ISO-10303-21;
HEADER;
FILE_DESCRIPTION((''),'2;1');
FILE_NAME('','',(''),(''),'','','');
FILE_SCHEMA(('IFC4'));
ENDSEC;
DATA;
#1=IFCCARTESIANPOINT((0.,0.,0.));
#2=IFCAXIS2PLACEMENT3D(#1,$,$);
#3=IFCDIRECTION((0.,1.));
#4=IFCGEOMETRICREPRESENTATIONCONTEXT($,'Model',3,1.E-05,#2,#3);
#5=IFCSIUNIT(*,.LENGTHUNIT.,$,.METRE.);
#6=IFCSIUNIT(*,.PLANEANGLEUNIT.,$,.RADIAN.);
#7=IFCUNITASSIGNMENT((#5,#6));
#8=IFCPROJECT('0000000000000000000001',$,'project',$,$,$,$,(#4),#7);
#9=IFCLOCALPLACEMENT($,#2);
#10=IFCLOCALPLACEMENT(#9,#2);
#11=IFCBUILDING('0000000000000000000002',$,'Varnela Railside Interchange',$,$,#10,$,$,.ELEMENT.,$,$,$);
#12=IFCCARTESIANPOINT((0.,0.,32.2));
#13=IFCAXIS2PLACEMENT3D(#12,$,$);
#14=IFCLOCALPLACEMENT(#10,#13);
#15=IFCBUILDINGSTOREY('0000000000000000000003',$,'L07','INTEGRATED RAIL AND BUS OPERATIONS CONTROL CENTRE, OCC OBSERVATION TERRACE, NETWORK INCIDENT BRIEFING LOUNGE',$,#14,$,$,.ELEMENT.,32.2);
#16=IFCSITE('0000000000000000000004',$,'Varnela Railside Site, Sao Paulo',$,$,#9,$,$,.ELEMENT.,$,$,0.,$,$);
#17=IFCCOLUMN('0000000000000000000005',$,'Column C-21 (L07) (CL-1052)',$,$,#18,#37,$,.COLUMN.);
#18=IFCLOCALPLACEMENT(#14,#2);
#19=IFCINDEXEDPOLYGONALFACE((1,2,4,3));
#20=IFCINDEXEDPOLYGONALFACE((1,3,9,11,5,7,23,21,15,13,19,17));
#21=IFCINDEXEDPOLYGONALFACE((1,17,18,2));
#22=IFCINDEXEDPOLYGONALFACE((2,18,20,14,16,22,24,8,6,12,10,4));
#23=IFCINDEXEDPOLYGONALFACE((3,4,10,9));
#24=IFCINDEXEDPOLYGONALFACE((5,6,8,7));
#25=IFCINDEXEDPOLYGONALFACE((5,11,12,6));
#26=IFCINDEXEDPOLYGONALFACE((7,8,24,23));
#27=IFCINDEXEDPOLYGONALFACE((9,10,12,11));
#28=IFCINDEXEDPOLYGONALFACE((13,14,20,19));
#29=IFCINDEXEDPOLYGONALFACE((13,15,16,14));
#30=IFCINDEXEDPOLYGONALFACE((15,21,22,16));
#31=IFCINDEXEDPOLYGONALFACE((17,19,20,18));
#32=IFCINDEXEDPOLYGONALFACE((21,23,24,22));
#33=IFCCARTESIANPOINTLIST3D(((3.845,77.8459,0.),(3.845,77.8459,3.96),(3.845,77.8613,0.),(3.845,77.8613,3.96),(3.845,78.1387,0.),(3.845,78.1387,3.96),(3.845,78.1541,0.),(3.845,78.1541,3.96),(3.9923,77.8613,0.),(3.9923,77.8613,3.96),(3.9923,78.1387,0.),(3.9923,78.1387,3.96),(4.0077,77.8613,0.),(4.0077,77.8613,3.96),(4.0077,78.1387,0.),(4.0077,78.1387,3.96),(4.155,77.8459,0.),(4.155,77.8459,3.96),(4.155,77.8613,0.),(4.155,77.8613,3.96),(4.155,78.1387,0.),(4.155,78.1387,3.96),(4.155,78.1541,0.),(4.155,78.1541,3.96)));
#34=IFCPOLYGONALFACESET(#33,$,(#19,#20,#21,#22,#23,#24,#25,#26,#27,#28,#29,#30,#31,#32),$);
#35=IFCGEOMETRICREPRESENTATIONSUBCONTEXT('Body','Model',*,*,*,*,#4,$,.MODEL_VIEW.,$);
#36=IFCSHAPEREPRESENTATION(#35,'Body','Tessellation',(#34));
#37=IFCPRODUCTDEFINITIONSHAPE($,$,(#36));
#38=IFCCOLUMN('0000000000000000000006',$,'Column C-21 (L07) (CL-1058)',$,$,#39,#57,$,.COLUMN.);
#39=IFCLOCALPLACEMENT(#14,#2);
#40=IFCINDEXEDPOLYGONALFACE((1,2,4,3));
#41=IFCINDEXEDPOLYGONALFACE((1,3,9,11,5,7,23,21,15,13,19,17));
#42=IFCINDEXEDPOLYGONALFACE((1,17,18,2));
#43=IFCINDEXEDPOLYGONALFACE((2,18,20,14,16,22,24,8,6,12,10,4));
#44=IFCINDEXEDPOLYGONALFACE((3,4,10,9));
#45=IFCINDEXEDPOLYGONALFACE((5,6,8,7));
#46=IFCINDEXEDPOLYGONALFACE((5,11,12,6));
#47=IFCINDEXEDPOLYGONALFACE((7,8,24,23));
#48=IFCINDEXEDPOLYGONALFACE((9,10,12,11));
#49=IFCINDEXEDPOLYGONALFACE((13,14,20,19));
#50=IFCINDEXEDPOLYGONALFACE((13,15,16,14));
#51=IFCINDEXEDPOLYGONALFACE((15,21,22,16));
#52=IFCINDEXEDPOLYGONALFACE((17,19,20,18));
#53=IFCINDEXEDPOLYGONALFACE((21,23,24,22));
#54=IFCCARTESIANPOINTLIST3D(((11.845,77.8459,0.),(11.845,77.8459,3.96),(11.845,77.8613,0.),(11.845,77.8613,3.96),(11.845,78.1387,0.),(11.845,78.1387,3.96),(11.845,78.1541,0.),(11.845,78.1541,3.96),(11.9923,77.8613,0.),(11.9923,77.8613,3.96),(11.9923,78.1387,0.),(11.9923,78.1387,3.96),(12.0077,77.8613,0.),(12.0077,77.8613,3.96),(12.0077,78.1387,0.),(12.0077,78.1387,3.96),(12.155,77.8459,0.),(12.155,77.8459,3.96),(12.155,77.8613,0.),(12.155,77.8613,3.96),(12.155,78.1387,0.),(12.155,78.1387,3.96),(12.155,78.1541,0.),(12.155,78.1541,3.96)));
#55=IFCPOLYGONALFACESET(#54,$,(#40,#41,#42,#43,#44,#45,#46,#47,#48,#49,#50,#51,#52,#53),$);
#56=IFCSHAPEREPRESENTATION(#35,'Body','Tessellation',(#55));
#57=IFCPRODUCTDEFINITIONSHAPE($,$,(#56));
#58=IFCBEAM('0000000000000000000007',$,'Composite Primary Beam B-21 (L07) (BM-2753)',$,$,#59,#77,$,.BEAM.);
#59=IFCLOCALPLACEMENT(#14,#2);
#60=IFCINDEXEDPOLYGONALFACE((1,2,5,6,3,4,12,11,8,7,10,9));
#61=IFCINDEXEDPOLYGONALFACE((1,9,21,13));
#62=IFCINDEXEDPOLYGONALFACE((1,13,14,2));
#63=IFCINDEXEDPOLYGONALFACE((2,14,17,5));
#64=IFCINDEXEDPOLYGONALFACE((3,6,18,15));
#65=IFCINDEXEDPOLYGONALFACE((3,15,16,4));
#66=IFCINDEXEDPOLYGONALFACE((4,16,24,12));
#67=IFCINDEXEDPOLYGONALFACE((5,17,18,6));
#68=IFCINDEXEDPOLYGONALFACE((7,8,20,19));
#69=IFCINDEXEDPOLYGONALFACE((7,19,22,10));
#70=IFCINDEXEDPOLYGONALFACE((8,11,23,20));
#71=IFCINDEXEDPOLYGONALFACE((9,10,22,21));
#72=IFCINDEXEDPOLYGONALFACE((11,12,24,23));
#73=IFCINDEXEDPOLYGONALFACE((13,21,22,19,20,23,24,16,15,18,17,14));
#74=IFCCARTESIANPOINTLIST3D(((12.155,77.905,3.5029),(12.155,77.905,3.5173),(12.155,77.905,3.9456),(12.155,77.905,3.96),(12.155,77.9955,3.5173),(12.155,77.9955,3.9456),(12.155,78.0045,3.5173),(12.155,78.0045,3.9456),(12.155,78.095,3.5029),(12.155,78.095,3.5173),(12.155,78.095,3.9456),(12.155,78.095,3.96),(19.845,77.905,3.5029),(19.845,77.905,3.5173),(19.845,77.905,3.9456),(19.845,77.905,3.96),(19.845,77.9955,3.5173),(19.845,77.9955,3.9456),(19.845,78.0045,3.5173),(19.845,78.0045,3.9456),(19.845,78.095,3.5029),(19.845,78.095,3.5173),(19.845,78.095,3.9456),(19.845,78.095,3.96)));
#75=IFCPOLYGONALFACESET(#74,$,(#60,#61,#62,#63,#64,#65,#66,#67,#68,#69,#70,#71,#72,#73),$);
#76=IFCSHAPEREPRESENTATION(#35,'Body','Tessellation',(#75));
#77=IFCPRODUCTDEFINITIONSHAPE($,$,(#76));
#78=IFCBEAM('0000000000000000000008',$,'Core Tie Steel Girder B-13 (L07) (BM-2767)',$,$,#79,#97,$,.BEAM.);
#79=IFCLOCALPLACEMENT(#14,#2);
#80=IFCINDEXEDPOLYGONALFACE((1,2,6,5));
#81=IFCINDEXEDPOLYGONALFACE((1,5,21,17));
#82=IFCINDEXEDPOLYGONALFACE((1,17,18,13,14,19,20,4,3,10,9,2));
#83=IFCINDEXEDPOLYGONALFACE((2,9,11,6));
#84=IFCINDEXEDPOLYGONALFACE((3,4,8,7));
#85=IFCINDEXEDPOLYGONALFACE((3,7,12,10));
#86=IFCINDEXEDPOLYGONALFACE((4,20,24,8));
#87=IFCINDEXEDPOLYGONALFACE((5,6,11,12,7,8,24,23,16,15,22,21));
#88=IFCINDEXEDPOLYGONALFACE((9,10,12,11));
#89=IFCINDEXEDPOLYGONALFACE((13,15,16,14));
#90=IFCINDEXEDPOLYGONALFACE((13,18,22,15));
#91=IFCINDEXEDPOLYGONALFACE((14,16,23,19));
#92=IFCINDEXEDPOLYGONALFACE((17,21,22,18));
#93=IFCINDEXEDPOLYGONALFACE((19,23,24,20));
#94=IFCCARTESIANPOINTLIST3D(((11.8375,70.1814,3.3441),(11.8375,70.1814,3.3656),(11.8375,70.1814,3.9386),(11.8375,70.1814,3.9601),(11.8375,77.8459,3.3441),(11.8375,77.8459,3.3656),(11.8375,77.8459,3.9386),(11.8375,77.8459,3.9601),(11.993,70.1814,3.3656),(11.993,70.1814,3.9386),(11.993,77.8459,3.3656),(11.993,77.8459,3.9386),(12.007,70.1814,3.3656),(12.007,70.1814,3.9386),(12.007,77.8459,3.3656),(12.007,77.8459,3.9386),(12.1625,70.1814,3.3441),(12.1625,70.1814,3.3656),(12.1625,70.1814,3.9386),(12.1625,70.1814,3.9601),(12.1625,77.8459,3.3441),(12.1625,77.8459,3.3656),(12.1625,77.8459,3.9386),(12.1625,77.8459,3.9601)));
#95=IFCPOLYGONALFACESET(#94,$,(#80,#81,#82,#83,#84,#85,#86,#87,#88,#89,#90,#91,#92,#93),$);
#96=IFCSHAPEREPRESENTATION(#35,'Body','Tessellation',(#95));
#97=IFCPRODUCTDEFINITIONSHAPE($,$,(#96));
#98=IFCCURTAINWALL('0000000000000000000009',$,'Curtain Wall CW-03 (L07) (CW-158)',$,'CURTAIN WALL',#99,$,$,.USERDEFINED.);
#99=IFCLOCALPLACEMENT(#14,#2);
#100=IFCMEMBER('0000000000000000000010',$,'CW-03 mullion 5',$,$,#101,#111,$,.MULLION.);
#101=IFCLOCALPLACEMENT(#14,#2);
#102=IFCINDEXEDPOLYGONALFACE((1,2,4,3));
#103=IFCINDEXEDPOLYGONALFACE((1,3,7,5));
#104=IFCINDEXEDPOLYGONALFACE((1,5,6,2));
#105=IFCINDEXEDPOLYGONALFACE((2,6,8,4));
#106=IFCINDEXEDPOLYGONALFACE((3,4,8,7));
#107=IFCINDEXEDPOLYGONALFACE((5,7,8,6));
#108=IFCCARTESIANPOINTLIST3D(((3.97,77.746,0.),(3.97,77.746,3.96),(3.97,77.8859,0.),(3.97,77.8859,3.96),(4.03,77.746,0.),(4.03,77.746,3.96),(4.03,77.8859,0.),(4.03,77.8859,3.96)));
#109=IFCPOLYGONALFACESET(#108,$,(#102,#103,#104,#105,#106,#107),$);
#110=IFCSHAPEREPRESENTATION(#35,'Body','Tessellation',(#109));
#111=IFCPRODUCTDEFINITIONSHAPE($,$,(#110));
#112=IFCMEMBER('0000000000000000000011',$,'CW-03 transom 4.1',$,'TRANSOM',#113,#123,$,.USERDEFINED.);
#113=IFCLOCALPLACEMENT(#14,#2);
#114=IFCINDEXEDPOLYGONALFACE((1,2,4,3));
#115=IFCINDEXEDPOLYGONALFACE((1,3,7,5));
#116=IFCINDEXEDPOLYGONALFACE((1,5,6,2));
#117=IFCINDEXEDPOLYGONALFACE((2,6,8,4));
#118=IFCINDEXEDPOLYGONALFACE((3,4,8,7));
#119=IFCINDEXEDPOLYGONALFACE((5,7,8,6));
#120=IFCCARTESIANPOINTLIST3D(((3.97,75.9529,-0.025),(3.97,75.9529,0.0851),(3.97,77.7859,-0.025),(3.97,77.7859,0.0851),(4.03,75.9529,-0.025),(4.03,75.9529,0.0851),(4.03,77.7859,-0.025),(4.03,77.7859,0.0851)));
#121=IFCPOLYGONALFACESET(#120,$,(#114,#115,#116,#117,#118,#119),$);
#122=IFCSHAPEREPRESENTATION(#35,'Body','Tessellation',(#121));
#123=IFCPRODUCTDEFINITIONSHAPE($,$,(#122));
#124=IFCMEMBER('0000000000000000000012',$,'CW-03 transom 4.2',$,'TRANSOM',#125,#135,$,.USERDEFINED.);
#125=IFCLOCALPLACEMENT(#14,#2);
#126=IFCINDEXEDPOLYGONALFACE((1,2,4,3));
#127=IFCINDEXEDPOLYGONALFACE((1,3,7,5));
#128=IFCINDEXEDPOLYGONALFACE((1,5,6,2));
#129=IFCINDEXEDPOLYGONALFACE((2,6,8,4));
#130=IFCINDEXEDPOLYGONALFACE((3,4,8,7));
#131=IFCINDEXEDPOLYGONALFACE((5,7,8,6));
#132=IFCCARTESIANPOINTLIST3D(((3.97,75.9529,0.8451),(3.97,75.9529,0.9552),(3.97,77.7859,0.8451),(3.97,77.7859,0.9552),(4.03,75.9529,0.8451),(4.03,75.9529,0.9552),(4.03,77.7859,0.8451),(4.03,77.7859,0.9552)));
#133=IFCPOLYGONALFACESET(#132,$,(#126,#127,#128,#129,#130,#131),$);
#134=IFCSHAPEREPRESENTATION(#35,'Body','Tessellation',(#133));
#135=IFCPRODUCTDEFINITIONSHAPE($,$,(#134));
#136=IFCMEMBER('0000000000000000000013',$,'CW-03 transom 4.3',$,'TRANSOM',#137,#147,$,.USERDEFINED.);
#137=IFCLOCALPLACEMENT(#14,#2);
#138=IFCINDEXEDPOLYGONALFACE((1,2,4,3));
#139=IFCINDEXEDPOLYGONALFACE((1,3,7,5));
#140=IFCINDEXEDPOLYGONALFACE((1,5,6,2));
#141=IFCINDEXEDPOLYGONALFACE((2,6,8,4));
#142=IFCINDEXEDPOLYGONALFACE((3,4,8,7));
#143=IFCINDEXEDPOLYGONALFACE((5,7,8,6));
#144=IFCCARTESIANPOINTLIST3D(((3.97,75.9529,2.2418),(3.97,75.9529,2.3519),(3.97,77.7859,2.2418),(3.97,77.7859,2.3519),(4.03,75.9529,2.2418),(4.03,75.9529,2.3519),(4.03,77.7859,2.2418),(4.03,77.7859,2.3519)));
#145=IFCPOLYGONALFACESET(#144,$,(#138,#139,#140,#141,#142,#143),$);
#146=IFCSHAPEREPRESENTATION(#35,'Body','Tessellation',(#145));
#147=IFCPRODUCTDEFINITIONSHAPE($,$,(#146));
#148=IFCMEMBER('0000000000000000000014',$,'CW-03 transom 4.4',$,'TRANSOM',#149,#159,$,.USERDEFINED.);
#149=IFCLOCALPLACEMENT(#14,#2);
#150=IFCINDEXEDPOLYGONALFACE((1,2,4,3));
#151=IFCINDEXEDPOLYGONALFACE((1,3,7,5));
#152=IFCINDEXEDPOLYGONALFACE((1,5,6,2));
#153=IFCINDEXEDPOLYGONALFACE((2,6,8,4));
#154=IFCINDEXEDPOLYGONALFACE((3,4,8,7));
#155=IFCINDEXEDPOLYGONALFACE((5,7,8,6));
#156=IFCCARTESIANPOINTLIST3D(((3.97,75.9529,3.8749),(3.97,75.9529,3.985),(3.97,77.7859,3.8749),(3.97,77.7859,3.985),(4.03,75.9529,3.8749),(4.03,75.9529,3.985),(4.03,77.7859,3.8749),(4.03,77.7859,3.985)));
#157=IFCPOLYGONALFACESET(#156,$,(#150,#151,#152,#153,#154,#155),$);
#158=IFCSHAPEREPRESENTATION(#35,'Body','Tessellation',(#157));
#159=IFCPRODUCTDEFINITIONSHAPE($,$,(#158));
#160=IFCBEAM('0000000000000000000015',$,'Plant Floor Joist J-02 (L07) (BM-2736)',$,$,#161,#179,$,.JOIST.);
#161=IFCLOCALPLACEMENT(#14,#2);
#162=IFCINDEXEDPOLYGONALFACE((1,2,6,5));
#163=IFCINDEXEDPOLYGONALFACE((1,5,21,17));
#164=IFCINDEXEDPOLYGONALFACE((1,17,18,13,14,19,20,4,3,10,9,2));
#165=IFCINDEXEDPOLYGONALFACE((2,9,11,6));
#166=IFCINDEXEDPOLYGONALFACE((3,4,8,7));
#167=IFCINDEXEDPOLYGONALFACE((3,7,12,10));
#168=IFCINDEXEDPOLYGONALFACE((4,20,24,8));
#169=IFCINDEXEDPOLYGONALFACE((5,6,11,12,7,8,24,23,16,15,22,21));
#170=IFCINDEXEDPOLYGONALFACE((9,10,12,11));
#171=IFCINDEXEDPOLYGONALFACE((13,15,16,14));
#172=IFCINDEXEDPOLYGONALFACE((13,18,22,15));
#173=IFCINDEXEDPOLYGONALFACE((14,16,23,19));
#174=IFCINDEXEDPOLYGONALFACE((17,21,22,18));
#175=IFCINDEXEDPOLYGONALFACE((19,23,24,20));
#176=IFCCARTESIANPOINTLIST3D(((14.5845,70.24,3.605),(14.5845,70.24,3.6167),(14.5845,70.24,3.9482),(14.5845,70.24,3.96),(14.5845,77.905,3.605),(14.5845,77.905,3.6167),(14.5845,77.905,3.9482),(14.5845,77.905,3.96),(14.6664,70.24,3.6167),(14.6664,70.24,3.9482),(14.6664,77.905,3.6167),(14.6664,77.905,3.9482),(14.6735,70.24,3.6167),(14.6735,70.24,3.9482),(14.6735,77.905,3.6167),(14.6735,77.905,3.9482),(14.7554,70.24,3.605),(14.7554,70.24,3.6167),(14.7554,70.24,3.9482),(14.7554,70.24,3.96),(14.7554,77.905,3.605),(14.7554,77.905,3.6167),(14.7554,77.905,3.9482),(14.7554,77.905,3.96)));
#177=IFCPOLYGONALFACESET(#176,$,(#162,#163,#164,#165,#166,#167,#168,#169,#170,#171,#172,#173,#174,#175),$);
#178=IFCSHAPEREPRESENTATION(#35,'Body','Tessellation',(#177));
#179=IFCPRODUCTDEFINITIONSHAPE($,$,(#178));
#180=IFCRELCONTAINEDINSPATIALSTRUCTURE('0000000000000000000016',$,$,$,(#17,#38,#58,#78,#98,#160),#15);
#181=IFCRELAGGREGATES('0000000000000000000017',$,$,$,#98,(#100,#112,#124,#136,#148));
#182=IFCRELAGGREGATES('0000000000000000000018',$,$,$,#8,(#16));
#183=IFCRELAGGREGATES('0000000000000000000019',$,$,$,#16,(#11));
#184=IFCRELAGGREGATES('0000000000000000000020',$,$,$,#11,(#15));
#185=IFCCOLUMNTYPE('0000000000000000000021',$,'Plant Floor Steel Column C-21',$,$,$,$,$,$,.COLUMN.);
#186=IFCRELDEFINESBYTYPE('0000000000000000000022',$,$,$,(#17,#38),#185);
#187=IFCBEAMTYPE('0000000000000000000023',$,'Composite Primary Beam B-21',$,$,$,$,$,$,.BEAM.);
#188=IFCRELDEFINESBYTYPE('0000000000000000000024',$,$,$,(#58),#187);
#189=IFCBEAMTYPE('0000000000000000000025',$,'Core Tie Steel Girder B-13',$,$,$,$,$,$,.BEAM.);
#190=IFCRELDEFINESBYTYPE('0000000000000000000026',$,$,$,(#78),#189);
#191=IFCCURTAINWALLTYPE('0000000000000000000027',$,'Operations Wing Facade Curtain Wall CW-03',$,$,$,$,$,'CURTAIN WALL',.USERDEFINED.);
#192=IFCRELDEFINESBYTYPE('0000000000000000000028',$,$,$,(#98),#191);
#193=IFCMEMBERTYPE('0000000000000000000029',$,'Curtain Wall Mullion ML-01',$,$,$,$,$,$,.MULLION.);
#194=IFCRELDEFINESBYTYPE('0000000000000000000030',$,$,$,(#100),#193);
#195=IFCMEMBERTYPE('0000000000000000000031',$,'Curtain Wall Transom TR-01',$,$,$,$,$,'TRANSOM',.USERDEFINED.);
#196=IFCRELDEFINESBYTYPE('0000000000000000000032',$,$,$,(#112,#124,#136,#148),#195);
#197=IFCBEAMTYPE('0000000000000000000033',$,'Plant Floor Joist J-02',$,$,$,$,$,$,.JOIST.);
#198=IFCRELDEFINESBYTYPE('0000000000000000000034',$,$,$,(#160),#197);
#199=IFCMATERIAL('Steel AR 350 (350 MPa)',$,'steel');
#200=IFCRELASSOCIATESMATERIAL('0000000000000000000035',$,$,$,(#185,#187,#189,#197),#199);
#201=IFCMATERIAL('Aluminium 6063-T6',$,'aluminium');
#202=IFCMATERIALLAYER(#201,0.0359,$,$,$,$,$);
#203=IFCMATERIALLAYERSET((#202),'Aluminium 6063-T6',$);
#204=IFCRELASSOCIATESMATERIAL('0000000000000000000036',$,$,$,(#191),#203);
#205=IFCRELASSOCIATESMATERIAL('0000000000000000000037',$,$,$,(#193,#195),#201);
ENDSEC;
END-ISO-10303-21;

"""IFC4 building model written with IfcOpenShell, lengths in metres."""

from ifc_helpers import new_model, si_unit, direction, frame, origin, origin_2d, place, context, subcontext, project, spatial, rectangle, i_section, extrude, material, layer, layer_set, material_profile, profile_set, type_object, element, aggregate, save


model = new_model("IFC4")

# Units and contexts
model_context = context("Model", 3, precision=1e-05, world=origin(), true_north=direction((0.0, 1.0)))
body_context = subcontext(model_context, "Body", "Model", "MODEL_VIEW")
ifc_project = project(units=[si_unit("LENGTHUNIT", "METRE"), si_unit("PLANEANGLEUNIT", "RADIAN")], contexts=[model_context])

# Site, building, storey
site_placement = place(None, origin())
site = spatial("IfcSite", under=ifc_project, at=site_placement, Name="Varnela Railside Site, Sao Paulo", CompositionType="ELEMENT", RefElevation=0.0)
building_placement = place(site_placement, origin())
building = spatial("IfcBuilding", under=site, at=building_placement, Name="Varnela Railside Interchange", CompositionType="ELEMENT")
storey_placement = place(building_placement, frame((0.0, 0.0, 32.2)))
storey = spatial("IfcBuildingStorey", under=building, at=storey_placement, Name="L07", Description="INTEGRATED RAIL AND BUS OPERATIONS CONTROL CENTRE, OCC OBSERVATION TERRACE, NETWORK INCIDENT BRIEFING LOUNGE", CompositionType="ELEMENT", Elevation=32.2)

# Columns
ifc_material_1 = material(Name="Steel AR 350 (350 MPa)", Category="steel")
ifc_material_profile_1 = material_profile(ifc_material_1, i_section(OverallWidth=0.3101, OverallDepth=0.3081, WebThickness=0.0154, FlangeThickness=0.0154, at=origin_2d()), Name="HP310x110")
ifc_profile_set_1 = profile_set([ifc_material_profile_1], Name="Steel AR 350 (350 MPa)")
column_type = type_object("IfcColumnType", Name="Plant Floor Steel Column C-21", PredefinedType="COLUMN", material=ifc_profile_set_1)
for number, where, z_axis, x_axis, name in (
    (1, (4.0, 78.0, 0.0), (0.0, 0.0, 1.0), (1.0, 0.0, 0.0), "Column C-21 (L07) (CL-1052)"),
    (2, (12.0, 78.0, 0.0), (0.0, 0.0, 1.0), (1.0, 0.0, 0.0), "Column C-21 (L07) (CL-1058)"),
):
    element("IfcColumn", number, at=place(storey_placement, frame(where, z_axis=z_axis, x_axis=x_axis)), inside=storey, type_object=column_type, Name=name, PredefinedType="COLUMN", context=body_context, shape_type="SweptSolid", body=[
        extrude(i_section(OverallWidth=0.3101, OverallDepth=0.3081, WebThickness=0.0154, FlangeThickness=0.0154, at=origin_2d()), origin(), (0.0, 0.0, 1.0), 3.96),
    ])

# Beams
ifc_material_profile_2 = material_profile(ifc_material_1, i_section(OverallWidth=0.1899, OverallDepth=0.457, WebThickness=0.009, FlangeThickness=0.0144, at=origin_2d()), Name="W460x74")
ifc_profile_set_2 = profile_set([ifc_material_profile_2], Name="Steel AR 350 (350 MPa)")
beam_type_1 = type_object("IfcBeamType", Name="Composite Primary Beam B-21", PredefinedType="BEAM", material=ifc_profile_set_2)
beam_1_placement = place(storey_placement, frame((12.155, 78.0, 3.7314), z_axis=(1.0, 0.0, 0.0), x_axis=(0.0, 1.0, 0.0)))
element("IfcBeam", 3, at=beam_1_placement, inside=storey, type_object=beam_type_1, Name="Composite Primary Beam B-21 (L07) (BM-2753)", PredefinedType="BEAM", context=body_context, shape_type="SweptSolid", body=[
    extrude(i_section(OverallWidth=0.1899, OverallDepth=0.457, WebThickness=0.009, FlangeThickness=0.0144, at=origin_2d()), origin(), (0.0, 0.0, 1.0), 7.6899),
])
ifc_material_profile_3 = material_profile(ifc_material_1, i_section(OverallWidth=0.325, OverallDepth=0.616, WebThickness=0.0139, FlangeThickness=0.0215, at=origin_2d()), Name="W610x174")
ifc_profile_set_3 = profile_set([ifc_material_profile_3], Name="Steel AR 350 (350 MPa)")
beam_type_2 = type_object("IfcBeamType", Name="Core Tie Steel Girder B-13", PredefinedType="BEAM", material=ifc_profile_set_3)
beam_2_placement = place(storey_placement, frame((12.0, 70.1814, 3.6521), z_axis=(0.0, 1.0, 0.0), x_axis=(-1.0, 0.0, 0.0)))
element("IfcBeam", 4, at=beam_2_placement, inside=storey, type_object=beam_type_2, Name="Core Tie Steel Girder B-13 (L07) (BM-2767)", PredefinedType="BEAM", context=body_context, shape_type="SweptSolid", body=[
    extrude(i_section(OverallWidth=0.325, OverallDepth=0.616, WebThickness=0.0139, FlangeThickness=0.0215, at=origin_2d()), origin(), (0.0, 0.0, 1.0), 7.6646),
])

# Curtain wall, members
ifc_material_2 = material(Name="Aluminium 6063-T6", Category="aluminium")
ifc_layer_1 = layer(ifc_material_2, 0.0359)
ifc_layer_set_1 = layer_set([ifc_layer_1], Name="Aluminium 6063-T6")
curtain_wall_type = type_object("IfcCurtainWallType", Name="Operations Wing Facade Curtain Wall CW-03", ElementType="CURTAIN WALL", PredefinedType="USERDEFINED", material=ifc_layer_set_1)
curtain_wall_placement = place(storey_placement, origin())
curtain_wall = element("IfcCurtainWall", 5, at=curtain_wall_placement, inside=storey, type_object=curtain_wall_type, Name="Curtain Wall CW-03 (L07) (CW-158)", ObjectType="CURTAIN WALL", PredefinedType="USERDEFINED")
ifc_material_profile_4 = material_profile(ifc_material_2, rectangle(XDim=0.0601, YDim=0.1399, at=origin_2d()), Name="ALU 60x140")
ifc_profile_set_4 = profile_set([ifc_material_profile_4], Name="Aluminium 6063-T6")
member_type_1 = type_object("IfcMemberType", Name="Curtain Wall Mullion ML-01", PredefinedType="MULLION", material=ifc_profile_set_4)
member_1_placement = place(storey_placement, frame((4.0, 77.8159, 0.0), z_axis=(0.0, 0.0, 1.0), x_axis=(-1.0, 0.0, 0.0)))
member_1 = element("IfcMember", 6, at=member_1_placement, type_object=member_type_1, Name="CW-03 mullion 5", PredefinedType="MULLION", context=body_context, shape_type="SweptSolid", body=[
    extrude(rectangle(XDim=0.0601, YDim=0.1399, at=origin_2d()), origin(), (0.0, 0.0, 1.0), 3.96),
])
ifc_material_profile_5 = material_profile(ifc_material_2, rectangle(XDim=0.0601, YDim=0.1101, at=origin_2d()), Name="ALU 60x110")
ifc_profile_set_5 = profile_set([ifc_material_profile_5], Name="Aluminium 6063-T6")
member_type_2 = type_object("IfcMemberType", Name="Curtain Wall Transom TR-01", ElementType="TRANSOM", PredefinedType="USERDEFINED", material=ifc_profile_set_5)
member_2_placement = place(storey_placement, frame((4.0, 75.9529, 0.03), z_axis=(0.0, 1.0, 0.0), x_axis=(-1.0, 0.0, 0.0)))
member_2 = element("IfcMember", 7, at=member_2_placement, type_object=member_type_2, Name="CW-03 transom 4.1", ObjectType="TRANSOM", PredefinedType="USERDEFINED", context=body_context, shape_type="SweptSolid", body=[
    extrude(rectangle(XDim=0.0601, YDim=0.1101, at=origin_2d()), origin(), (0.0, 0.0, 1.0), 1.833),
])
member_3_placement = place(storey_placement, frame((4.0, 75.9529, 0.9001), z_axis=(0.0, 1.0, 0.0), x_axis=(-1.0, 0.0, 0.0)))
member_3 = element("IfcMember", 8, at=member_3_placement, type_object=member_type_2, Name="CW-03 transom 4.2", ObjectType="TRANSOM", PredefinedType="USERDEFINED", context=body_context, shape_type="SweptSolid", body=[
    extrude(rectangle(XDim=0.0601, YDim=0.1101, at=origin_2d()), origin(), (0.0, 0.0, 1.0), 1.833),
])
member_4_placement = place(storey_placement, frame((4.0, 75.9529, 2.2969), z_axis=(0.0, 1.0, 0.0), x_axis=(-1.0, 0.0, 0.0)))
member_4 = element("IfcMember", 9, at=member_4_placement, type_object=member_type_2, Name="CW-03 transom 4.3", ObjectType="TRANSOM", PredefinedType="USERDEFINED", context=body_context, shape_type="SweptSolid", body=[
    extrude(rectangle(XDim=0.0601, YDim=0.1101, at=origin_2d()), origin(), (0.0, 0.0, 1.0), 1.833),
])
member_5_placement = place(storey_placement, frame((4.0, 75.9529, 3.9299), z_axis=(0.0, 1.0, 0.0), x_axis=(-1.0, 0.0, 0.0)))
member_5 = element("IfcMember", 10, at=member_5_placement, type_object=member_type_2, Name="CW-03 transom 4.4", ObjectType="TRANSOM", PredefinedType="USERDEFINED", context=body_context, shape_type="SweptSolid", body=[
    extrude(rectangle(XDim=0.0601, YDim=0.1101, at=origin_2d()), origin(), (0.0, 0.0, 1.0), 1.833),
])

# Beam
ifc_material_profile_6 = material_profile(ifc_material_1, i_section(OverallWidth=0.1709, OverallDepth=0.355, WebThickness=0.0071, FlangeThickness=0.0117, at=origin_2d()), Name="W360x51")
ifc_profile_set_6 = profile_set([ifc_material_profile_6], Name="Steel AR 350 (350 MPa)")
beam_type_3 = type_object("IfcBeamType", Name="Plant Floor Joist J-02", PredefinedType="JOIST", material=ifc_profile_set_6)
for number, where, z_axis, x_axis, name in (
    (11, (14.6699, 70.24, 3.7825), (0.0, 1.0, 0.0), (-1.0, 0.0, 0.0), "Plant Floor Joist J-02 (L07) (BM-2736)"),
):
    element("IfcBeam", number, at=place(storey_placement, frame(where, z_axis=z_axis, x_axis=x_axis)), inside=storey, type_object=beam_type_3, Name=name, PredefinedType="JOIST", context=body_context, shape_type="SweptSolid", body=[
        extrude(i_section(OverallWidth=0.1709, OverallDepth=0.355, WebThickness=0.0071, FlangeThickness=0.0117, at=origin_2d()), origin(), (0.0, 0.0, 1.0), 7.665),
    ])

aggregate(curtain_wall, [member_1, member_2, member_3, member_4, member_5])

save(model, "model.ifc")
